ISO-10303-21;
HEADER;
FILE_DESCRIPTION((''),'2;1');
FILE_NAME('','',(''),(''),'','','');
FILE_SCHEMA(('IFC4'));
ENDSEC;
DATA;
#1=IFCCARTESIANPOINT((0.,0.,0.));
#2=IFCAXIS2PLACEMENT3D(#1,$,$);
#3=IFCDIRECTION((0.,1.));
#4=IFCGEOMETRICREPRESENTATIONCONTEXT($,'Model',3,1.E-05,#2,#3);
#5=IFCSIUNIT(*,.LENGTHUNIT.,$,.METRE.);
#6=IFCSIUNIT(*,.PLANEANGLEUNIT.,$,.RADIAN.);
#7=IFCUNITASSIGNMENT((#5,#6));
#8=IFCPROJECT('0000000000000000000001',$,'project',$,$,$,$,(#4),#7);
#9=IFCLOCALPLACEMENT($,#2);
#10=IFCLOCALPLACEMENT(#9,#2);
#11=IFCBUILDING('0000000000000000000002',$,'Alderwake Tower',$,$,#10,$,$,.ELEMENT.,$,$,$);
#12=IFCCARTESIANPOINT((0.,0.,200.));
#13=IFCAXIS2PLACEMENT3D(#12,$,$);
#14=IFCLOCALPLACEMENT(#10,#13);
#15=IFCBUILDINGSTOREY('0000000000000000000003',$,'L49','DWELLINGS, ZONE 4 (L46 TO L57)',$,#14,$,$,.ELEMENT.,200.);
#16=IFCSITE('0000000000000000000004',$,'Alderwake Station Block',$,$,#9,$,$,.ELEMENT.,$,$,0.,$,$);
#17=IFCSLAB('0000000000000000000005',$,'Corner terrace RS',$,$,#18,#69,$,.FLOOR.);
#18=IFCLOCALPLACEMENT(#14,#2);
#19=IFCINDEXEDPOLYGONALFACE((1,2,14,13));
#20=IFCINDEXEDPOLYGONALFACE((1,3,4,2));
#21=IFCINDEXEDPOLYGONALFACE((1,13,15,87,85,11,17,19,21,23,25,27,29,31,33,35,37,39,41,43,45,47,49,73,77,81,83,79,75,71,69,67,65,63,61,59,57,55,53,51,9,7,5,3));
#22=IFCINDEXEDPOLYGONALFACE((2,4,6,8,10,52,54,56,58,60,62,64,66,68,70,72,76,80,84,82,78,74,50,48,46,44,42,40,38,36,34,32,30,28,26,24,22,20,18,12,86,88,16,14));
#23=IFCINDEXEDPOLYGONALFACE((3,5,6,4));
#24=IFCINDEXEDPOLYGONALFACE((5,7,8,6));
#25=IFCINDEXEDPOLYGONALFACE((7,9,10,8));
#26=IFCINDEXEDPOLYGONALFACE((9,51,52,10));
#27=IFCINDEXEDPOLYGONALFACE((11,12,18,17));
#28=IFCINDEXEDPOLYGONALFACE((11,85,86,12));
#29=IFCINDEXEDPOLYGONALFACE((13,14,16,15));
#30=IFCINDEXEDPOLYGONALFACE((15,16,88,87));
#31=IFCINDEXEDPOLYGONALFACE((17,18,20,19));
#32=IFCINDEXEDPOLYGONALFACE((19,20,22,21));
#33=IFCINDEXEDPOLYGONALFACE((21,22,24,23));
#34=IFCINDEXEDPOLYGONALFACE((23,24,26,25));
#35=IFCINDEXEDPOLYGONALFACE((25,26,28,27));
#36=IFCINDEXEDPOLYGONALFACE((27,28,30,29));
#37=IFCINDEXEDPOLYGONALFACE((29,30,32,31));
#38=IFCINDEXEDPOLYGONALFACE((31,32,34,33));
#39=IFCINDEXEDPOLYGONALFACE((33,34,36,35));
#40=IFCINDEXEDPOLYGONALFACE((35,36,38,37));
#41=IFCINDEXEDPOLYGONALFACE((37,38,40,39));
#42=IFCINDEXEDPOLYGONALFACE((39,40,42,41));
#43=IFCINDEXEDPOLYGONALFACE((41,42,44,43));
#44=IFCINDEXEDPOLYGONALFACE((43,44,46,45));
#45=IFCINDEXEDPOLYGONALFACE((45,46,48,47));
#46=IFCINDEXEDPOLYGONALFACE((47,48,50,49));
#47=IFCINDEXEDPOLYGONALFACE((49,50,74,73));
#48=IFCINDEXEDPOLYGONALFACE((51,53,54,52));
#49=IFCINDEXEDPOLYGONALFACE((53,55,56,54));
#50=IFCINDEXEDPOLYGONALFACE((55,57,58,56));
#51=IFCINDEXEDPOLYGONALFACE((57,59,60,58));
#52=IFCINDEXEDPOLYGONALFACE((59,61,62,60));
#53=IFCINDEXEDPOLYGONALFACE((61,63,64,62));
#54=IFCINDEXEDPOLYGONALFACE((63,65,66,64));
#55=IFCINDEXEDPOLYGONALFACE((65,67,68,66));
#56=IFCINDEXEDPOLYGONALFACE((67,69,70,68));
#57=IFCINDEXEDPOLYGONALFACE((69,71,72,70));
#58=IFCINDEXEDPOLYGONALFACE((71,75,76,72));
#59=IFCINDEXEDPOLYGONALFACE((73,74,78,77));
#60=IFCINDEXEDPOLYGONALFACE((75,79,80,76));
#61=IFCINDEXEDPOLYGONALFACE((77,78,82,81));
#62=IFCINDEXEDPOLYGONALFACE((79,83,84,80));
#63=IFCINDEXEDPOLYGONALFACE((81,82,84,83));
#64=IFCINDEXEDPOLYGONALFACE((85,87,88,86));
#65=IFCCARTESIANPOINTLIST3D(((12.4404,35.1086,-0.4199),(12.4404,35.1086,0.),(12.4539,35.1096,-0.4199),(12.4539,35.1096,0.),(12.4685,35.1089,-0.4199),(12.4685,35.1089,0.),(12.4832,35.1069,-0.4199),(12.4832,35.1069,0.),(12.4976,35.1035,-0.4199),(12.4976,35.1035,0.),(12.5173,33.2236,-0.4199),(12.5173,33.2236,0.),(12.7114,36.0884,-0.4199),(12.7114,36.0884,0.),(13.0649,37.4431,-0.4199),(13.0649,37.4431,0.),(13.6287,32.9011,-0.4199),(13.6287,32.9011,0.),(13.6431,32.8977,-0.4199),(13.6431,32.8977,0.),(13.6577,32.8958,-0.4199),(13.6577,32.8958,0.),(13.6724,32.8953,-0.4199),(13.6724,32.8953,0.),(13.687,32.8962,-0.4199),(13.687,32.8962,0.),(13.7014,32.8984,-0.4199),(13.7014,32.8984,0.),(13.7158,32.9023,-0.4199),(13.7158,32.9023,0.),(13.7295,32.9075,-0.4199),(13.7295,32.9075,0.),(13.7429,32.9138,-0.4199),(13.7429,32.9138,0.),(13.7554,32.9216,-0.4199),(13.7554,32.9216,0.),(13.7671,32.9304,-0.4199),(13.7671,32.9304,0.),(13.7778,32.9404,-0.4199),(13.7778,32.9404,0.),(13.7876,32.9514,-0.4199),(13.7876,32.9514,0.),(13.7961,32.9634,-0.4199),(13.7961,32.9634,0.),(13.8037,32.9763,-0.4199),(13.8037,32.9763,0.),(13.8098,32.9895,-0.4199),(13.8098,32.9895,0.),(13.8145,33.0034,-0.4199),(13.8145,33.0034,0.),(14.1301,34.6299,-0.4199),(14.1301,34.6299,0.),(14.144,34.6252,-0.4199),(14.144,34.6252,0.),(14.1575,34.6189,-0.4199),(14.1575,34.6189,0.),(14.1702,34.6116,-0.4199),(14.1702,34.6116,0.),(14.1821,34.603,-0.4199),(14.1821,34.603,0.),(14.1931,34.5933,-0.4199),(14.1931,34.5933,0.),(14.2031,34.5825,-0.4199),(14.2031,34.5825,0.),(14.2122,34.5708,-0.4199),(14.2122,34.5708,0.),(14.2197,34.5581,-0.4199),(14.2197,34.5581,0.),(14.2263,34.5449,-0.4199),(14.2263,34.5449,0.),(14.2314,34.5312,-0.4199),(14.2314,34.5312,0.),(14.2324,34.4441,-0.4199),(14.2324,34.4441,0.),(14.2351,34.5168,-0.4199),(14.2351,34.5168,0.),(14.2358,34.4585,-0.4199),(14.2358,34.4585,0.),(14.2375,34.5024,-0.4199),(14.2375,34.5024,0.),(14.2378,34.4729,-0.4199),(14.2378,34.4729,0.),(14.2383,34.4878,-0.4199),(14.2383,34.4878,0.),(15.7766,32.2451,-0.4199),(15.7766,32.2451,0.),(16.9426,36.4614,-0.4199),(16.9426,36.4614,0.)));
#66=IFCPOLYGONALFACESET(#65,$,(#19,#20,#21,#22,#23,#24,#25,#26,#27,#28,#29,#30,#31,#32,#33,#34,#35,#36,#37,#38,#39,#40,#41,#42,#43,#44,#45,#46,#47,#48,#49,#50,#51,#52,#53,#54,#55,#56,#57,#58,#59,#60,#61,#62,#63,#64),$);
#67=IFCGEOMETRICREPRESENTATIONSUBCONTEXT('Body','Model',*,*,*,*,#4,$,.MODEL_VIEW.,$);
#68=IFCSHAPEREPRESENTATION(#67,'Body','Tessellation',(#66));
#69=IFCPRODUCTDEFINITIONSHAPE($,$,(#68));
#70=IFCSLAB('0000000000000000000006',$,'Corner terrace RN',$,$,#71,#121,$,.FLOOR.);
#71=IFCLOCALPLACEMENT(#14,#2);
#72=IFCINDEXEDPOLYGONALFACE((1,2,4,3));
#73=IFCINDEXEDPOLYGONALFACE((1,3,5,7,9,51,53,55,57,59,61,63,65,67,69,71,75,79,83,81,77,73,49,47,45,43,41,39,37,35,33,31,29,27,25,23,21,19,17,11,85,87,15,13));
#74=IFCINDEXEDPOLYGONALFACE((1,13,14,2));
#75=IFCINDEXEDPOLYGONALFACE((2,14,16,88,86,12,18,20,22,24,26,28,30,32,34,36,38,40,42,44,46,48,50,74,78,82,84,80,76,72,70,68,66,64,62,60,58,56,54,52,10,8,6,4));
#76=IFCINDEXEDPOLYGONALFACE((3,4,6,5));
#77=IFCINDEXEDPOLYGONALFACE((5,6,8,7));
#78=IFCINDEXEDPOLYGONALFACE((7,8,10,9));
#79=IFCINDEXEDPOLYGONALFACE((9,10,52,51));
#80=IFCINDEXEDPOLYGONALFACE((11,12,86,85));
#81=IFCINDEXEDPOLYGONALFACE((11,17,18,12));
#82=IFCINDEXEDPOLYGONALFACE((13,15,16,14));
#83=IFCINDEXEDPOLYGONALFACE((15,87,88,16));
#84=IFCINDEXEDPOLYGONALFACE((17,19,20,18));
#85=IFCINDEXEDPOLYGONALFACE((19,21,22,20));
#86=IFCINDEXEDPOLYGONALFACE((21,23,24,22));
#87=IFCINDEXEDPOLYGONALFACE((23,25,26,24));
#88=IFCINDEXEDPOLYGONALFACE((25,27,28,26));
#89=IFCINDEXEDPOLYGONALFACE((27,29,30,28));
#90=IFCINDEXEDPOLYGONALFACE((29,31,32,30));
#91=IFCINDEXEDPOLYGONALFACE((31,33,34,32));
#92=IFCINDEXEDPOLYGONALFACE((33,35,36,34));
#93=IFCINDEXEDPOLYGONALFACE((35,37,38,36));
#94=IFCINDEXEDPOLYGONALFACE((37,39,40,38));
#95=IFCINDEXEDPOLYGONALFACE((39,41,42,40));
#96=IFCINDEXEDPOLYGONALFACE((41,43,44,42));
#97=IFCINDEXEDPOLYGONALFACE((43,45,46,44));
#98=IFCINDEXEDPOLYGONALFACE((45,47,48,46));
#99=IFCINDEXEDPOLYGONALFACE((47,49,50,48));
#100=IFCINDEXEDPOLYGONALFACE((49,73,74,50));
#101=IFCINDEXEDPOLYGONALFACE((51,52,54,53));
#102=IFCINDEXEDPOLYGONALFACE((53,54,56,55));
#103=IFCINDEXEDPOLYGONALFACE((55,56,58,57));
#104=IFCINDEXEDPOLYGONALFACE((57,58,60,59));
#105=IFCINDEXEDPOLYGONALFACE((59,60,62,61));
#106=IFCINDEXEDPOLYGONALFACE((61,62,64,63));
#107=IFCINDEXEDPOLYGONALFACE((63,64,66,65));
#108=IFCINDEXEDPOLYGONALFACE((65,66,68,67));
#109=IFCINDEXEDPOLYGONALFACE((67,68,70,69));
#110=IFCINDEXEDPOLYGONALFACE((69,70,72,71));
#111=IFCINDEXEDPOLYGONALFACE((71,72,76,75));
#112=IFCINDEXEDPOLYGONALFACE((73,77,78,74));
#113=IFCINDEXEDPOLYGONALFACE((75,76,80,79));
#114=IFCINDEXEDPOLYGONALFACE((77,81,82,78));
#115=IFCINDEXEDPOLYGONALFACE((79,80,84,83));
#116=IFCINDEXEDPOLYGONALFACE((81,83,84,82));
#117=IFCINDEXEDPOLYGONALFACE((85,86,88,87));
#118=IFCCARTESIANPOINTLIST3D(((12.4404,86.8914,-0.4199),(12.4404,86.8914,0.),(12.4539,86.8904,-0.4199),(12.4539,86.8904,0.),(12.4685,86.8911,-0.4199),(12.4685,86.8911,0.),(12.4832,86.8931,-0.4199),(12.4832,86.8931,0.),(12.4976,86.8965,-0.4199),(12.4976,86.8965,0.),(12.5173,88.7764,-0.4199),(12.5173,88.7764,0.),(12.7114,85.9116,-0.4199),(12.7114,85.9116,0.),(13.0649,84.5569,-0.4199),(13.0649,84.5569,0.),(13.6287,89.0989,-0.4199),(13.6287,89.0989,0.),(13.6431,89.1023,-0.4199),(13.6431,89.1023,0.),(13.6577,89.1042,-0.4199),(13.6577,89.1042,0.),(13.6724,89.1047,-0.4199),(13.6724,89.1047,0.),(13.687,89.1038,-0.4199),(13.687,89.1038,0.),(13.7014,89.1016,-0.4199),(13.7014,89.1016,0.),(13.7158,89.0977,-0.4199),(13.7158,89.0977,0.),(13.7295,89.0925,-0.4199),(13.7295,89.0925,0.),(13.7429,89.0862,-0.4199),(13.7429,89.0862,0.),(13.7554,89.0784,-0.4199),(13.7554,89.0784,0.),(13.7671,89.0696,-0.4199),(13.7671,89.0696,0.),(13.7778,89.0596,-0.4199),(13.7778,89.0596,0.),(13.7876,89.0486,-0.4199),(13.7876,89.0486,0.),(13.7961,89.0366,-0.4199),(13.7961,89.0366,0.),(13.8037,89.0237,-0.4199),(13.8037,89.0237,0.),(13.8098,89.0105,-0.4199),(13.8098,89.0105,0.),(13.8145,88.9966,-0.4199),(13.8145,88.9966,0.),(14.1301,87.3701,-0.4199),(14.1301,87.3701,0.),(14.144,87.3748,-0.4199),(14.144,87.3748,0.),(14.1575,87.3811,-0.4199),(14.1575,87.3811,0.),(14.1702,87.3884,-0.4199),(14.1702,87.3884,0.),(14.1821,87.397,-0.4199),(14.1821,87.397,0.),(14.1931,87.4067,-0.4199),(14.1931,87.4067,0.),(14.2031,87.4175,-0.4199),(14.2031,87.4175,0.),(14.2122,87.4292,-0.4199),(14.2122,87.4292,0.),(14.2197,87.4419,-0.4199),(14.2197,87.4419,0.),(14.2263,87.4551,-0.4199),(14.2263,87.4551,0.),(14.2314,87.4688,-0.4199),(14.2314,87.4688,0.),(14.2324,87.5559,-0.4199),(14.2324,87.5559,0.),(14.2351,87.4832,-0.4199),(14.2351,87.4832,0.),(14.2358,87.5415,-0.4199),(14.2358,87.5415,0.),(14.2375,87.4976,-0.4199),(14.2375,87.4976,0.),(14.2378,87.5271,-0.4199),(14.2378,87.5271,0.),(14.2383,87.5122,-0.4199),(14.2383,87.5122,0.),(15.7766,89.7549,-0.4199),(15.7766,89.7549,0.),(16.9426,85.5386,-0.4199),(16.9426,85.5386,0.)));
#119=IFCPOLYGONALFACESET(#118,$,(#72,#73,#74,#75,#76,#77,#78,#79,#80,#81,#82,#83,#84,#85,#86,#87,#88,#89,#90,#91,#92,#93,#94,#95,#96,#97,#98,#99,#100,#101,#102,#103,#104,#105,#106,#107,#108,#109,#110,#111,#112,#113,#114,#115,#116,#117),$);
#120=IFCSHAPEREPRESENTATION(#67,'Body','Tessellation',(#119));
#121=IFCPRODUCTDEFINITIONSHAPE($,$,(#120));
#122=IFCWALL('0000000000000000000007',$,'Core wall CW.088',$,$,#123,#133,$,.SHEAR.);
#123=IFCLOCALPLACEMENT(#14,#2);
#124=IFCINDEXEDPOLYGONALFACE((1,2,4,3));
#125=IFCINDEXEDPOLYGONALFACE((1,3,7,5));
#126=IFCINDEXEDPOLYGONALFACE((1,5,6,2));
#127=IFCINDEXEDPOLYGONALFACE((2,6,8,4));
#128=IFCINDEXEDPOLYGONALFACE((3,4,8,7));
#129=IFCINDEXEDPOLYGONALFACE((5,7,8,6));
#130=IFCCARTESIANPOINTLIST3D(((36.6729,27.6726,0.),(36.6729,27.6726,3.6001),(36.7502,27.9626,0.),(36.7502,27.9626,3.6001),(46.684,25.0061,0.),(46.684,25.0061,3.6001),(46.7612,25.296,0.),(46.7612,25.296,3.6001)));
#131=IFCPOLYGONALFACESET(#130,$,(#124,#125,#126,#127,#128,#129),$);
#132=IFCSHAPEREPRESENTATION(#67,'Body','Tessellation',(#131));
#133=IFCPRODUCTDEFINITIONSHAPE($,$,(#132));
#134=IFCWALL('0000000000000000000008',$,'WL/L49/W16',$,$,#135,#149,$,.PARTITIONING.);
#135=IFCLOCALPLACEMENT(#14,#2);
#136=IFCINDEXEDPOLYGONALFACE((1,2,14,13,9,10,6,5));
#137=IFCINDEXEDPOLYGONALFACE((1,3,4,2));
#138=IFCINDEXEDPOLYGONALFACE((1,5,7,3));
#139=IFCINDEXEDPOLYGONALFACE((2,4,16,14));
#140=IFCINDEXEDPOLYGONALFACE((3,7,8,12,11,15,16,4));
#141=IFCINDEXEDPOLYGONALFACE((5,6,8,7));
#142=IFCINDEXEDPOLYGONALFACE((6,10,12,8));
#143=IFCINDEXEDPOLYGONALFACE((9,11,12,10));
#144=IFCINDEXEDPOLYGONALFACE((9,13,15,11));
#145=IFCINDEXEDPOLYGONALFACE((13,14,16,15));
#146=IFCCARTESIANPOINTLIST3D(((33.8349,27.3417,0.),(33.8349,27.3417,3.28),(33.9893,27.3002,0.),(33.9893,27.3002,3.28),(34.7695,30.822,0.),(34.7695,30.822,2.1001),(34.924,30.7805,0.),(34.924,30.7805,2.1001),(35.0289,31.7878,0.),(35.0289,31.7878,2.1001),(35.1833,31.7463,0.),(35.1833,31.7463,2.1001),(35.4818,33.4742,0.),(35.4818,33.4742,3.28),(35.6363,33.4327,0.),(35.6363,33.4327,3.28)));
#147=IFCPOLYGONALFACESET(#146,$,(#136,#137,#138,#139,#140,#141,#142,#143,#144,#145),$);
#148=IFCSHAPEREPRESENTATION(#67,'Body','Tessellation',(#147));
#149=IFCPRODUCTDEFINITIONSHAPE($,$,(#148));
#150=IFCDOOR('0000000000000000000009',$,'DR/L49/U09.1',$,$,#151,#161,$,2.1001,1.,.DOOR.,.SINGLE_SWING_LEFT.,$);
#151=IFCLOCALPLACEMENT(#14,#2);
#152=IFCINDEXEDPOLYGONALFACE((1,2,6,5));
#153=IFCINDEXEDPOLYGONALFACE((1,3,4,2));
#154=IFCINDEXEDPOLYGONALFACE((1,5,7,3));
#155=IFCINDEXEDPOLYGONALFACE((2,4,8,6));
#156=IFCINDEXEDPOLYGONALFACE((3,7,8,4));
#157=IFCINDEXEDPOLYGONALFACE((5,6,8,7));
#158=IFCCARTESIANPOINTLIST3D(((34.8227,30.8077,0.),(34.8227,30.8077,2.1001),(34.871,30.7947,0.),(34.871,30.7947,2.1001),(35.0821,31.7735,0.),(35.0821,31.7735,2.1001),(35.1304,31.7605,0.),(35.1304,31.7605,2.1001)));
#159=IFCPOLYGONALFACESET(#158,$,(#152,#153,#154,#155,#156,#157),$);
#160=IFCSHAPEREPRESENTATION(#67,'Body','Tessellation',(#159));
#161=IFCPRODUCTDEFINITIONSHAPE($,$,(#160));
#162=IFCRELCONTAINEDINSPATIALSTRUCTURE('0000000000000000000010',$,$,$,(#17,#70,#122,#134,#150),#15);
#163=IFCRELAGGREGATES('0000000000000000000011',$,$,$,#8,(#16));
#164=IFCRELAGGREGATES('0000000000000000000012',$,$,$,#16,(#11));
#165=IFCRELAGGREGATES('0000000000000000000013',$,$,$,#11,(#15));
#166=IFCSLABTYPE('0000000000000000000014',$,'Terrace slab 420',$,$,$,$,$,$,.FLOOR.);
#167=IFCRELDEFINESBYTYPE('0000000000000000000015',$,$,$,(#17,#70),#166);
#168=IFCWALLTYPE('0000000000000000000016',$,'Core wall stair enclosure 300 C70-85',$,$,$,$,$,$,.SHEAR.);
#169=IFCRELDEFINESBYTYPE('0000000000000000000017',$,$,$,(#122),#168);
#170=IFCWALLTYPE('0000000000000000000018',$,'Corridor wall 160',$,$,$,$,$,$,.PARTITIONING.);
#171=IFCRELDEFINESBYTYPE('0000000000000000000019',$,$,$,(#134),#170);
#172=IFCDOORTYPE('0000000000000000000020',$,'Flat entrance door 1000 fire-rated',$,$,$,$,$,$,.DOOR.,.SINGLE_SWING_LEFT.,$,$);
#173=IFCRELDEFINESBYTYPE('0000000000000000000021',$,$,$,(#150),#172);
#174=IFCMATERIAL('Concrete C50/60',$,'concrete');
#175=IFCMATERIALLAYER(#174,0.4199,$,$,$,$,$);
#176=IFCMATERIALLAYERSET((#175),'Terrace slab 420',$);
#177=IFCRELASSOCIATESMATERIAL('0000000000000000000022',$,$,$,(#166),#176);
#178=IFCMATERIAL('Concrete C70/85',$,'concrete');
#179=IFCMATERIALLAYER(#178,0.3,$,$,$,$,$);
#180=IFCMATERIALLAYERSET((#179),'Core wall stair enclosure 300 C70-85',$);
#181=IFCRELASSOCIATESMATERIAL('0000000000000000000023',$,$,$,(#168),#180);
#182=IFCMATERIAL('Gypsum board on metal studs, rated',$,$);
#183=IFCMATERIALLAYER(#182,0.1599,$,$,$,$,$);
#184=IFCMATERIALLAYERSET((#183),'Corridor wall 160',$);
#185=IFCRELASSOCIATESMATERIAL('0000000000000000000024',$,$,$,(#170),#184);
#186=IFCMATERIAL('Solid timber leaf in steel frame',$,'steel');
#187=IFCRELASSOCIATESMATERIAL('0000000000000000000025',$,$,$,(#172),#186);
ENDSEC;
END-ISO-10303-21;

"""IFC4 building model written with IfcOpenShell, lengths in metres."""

from ifc_helpers import new_model, si_unit, direction, frame, frame_2d, origin, place, context, subcontext, project, spatial, polyline, rectangle, outline, extrude, material, layer, layer_set, type_object, element, fill, save


model = new_model("IFC4")

# Units and contexts
model_context = context("Model", 3, precision=1e-05, world=origin(), true_north=direction((0.0, 1.0)))
body_context = subcontext(model_context, "Body", "Model", "MODEL_VIEW")
ifc_project = project(units=[si_unit("LENGTHUNIT", "METRE"), si_unit("PLANEANGLEUNIT", "RADIAN")], contexts=[model_context])

# Site, building, storey
site_placement = place(None, origin())
site = spatial("IfcSite", under=ifc_project, at=site_placement, Name="Alderwake Station Block", CompositionType="ELEMENT", RefElevation=0.0)
building_placement = place(site_placement, origin())
building = spatial("IfcBuilding", under=site, at=building_placement, Name="Alderwake Tower", CompositionType="ELEMENT")
storey_placement = place(building_placement, frame((0.0, 0.0, 200.0)))
storey = spatial("IfcBuildingStorey", under=building, at=storey_placement, Name="L49", Description="DWELLINGS, ZONE 4 (L46 TO L57)", CompositionType="ELEMENT", Elevation=200.0)

# Slabs
ifc_material_1 = material(Name="Concrete C50/60", Category="concrete")
ifc_layer_1 = layer(ifc_material_1, 0.4199)
ifc_layer_set_1 = layer_set([ifc_layer_1], Name="Terrace slab 420")
slab_type_1 = type_object("IfcSlabType", Name="Terrace slab 420", PredefinedType="FLOOR", material=ifc_layer_set_1)
slab_1_placement = place(storey_placement, frame((0.0, 0.0, -0.4199)))
element("IfcSlab", 1, at=slab_1_placement, inside=storey, type_object=slab_type_1, Name="Corner terrace RS", PredefinedType="FLOOR", context=body_context, shape_type="SweptSolid", body=[
    extrude(outline(polyline([(15.7766, 32.2451), (12.5173, 33.2236), (13.6287, 32.9011), (13.6431, 32.8977), (13.6577, 32.8958), (13.6724, 32.8953), (13.687, 32.8962), (13.7014, 32.8984), (13.7158, 32.9023), (13.7295, 32.9075), (13.7429, 32.9138), (13.7554, 32.9216), (13.7671, 32.9304), (13.7778, 32.9404), (13.7876, 32.9514), (13.7961, 32.9634), (13.8037, 32.9763), (13.8098, 32.9895), (13.8145, 33.0034), (14.2324, 34.4441), (14.2358, 34.4585), (14.2378, 34.4729), (14.2383, 34.4878), (14.2375, 34.5024), (14.2351, 34.5168), (14.2314, 34.5312), (14.2263, 34.5449), (14.2197, 34.5581), (14.2122, 34.5708), (14.2031, 34.5825), (14.1931, 34.5933), (14.1821, 34.603), (14.1702, 34.6116), (14.1575, 34.6189), (14.144, 34.6252), (14.1301, 34.6299), (12.4976, 35.1035), (12.4832, 35.1069), (12.4685, 35.1089), (12.4539, 35.1096), (12.4404, 35.1086), (12.7114, 36.0884), (13.0649, 37.4431), (16.9426, 36.4614), (15.7766, 32.2451)])), origin(), (0.0, 0.0, 1.0), 0.4199),
])
slab_2_placement = place(storey_placement, frame((0.0, 0.0, -0.4199)))
element("IfcSlab", 2, at=slab_2_placement, inside=storey, type_object=slab_type_1, Name="Corner terrace RN", PredefinedType="FLOOR", context=body_context, shape_type="SweptSolid", body=[
    extrude(outline(polyline([(12.4404, 86.8914), (12.4539, 86.8904), (12.4685, 86.8911), (12.4832, 86.8931), (12.4976, 86.8965), (14.1301, 87.3701), (14.144, 87.3748), (14.1575, 87.3811), (14.1702, 87.3884), (14.1821, 87.397), (14.1931, 87.4067), (14.2031, 87.4175), (14.2122, 87.4292), (14.2197, 87.4419), (14.2263, 87.4551), (14.2314, 87.4688), (14.2351, 87.4832), (14.2375, 87.4976), (14.2383, 87.5122), (14.2378, 87.5271), (14.2358, 87.5415), (14.2324, 87.5559), (13.8145, 88.9966), (13.8098, 89.0105), (13.8037, 89.0237), (13.7961, 89.0366), (13.7876, 89.0486), (13.7778, 89.0596), (13.7671, 89.0696), (13.7554, 89.0784), (13.7429, 89.0862), (13.7295, 89.0925), (13.7158, 89.0977), (13.7014, 89.1016), (13.687, 89.1038), (13.6724, 89.1047), (13.6577, 89.1042), (13.6431, 89.1023), (13.6287, 89.0989), (12.5173, 88.7764), (15.7766, 89.7549), (16.9426, 85.5386), (13.0649, 84.5569), (12.7114, 85.9116), (12.4404, 86.8914)])), origin(), (0.0, 0.0, 1.0), 0.4199),
])

# Wall
ifc_material_2 = material(Name="Concrete C70/85", Category="concrete")
ifc_layer_2 = layer(ifc_material_2, 0.3)
ifc_layer_set_2 = layer_set([ifc_layer_2], Name="Core wall stair enclosure 300 C70-85")
wall_type_1 = type_object("IfcWallType", Name="Core wall stair enclosure 300 C70-85", PredefinedType="SHEAR", material=ifc_layer_set_2)
wall_1_placement = place(storey_placement, frame((36.7114, 27.8176, 0.0), z_axis=(0.0, 0.0, 1.0), x_axis=(0.966309, -0.257384, 0.0)))
element("IfcWall", 3, at=wall_1_placement, inside=storey, type_object=wall_type_1, Name="Core wall CW.088", PredefinedType="SHEAR", context=body_context, shape_type="SweptSolid", body=[
    extrude(rectangle(XDim=10.3601, YDim=0.3, at=frame_2d((5.1802, 0.0))), origin(), (0.0, 0.0, 1.0), 3.6001),
])

# Wall, opening, door
ifc_material_3 = material(Name="Gypsum board on metal studs, rated")
ifc_layer_3 = layer(ifc_material_3, 0.1599)
ifc_layer_set_3 = layer_set([ifc_layer_3], Name="Corridor wall 160")
wall_type_2 = type_object("IfcWallType", Name="Corridor wall 160", PredefinedType="PARTITIONING", material=ifc_layer_set_3)
wall_2_placement = place(storey_placement, frame((33.9121, 27.321, 0.0), z_axis=(0.0, 0.0, 1.0), x_axis=(0.259371, 0.965778, 0.0)))
wall_2 = element("IfcWall", 4, at=wall_2_placement, inside=storey, type_object=wall_type_2, Name="WL/L49/W16", PredefinedType="PARTITIONING", context=body_context, shape_type="SweptSolid", body=[
    extrude(rectangle(XDim=6.3499, YDim=0.1599, at=frame_2d((3.1748, 0.0))), origin(), (0.0, 0.0, 1.0), 3.28),
])
opening_1_placement = place(wall_2_placement, frame((3.6035, 0.0, 0.0)))
opening_1 = element("IfcOpeningElement", 5, at=opening_1_placement, cuts=wall_2, PredefinedType="OPENING", context=body_context, shape_type="SweptSolid", body=[
    extrude(rectangle(XDim=1.0, YDim=2.1001, at=frame_2d((0.5, 1.05))), frame((0.0, 0.0898, 0.0), z_axis=(0.0, -1.0, 0.0), x_axis=(1.0, 0.0, 0.0)), (0.0, 0.0, 1.0), 0.1799),
])
ifc_material_4 = material(Name="Solid timber leaf in steel frame", Category="steel")
door_type_1 = type_object("IfcDoorType", Name="Flat entrance door 1000 fire-rated", OperationType="SINGLE_SWING_LEFT", PredefinedType="DOOR", material=ifc_material_4)
door_1_placement = place(opening_1_placement, origin())
door_1 = element("IfcDoor", 6, at=door_1_placement, inside=storey, type_object=door_type_1, Name="DR/L49/U09.1", OperationType="SINGLE_SWING_LEFT", OverallHeight=2.1001, OverallWidth=1.0, PredefinedType="DOOR", context=body_context, shape_type="SweptSolid", body=[
    extrude(rectangle(XDim=1.0, YDim=2.1001, at=frame_2d((0.5, 1.05))), frame((0.0, 0.0249, 0.0), z_axis=(0.0, -1.0, 0.0), x_axis=(1.0, 0.0, 0.0)), (0.0, 0.0, 1.0), 0.05),
])
fill(opening_1, door_1)

save(model, "model.ifc")
